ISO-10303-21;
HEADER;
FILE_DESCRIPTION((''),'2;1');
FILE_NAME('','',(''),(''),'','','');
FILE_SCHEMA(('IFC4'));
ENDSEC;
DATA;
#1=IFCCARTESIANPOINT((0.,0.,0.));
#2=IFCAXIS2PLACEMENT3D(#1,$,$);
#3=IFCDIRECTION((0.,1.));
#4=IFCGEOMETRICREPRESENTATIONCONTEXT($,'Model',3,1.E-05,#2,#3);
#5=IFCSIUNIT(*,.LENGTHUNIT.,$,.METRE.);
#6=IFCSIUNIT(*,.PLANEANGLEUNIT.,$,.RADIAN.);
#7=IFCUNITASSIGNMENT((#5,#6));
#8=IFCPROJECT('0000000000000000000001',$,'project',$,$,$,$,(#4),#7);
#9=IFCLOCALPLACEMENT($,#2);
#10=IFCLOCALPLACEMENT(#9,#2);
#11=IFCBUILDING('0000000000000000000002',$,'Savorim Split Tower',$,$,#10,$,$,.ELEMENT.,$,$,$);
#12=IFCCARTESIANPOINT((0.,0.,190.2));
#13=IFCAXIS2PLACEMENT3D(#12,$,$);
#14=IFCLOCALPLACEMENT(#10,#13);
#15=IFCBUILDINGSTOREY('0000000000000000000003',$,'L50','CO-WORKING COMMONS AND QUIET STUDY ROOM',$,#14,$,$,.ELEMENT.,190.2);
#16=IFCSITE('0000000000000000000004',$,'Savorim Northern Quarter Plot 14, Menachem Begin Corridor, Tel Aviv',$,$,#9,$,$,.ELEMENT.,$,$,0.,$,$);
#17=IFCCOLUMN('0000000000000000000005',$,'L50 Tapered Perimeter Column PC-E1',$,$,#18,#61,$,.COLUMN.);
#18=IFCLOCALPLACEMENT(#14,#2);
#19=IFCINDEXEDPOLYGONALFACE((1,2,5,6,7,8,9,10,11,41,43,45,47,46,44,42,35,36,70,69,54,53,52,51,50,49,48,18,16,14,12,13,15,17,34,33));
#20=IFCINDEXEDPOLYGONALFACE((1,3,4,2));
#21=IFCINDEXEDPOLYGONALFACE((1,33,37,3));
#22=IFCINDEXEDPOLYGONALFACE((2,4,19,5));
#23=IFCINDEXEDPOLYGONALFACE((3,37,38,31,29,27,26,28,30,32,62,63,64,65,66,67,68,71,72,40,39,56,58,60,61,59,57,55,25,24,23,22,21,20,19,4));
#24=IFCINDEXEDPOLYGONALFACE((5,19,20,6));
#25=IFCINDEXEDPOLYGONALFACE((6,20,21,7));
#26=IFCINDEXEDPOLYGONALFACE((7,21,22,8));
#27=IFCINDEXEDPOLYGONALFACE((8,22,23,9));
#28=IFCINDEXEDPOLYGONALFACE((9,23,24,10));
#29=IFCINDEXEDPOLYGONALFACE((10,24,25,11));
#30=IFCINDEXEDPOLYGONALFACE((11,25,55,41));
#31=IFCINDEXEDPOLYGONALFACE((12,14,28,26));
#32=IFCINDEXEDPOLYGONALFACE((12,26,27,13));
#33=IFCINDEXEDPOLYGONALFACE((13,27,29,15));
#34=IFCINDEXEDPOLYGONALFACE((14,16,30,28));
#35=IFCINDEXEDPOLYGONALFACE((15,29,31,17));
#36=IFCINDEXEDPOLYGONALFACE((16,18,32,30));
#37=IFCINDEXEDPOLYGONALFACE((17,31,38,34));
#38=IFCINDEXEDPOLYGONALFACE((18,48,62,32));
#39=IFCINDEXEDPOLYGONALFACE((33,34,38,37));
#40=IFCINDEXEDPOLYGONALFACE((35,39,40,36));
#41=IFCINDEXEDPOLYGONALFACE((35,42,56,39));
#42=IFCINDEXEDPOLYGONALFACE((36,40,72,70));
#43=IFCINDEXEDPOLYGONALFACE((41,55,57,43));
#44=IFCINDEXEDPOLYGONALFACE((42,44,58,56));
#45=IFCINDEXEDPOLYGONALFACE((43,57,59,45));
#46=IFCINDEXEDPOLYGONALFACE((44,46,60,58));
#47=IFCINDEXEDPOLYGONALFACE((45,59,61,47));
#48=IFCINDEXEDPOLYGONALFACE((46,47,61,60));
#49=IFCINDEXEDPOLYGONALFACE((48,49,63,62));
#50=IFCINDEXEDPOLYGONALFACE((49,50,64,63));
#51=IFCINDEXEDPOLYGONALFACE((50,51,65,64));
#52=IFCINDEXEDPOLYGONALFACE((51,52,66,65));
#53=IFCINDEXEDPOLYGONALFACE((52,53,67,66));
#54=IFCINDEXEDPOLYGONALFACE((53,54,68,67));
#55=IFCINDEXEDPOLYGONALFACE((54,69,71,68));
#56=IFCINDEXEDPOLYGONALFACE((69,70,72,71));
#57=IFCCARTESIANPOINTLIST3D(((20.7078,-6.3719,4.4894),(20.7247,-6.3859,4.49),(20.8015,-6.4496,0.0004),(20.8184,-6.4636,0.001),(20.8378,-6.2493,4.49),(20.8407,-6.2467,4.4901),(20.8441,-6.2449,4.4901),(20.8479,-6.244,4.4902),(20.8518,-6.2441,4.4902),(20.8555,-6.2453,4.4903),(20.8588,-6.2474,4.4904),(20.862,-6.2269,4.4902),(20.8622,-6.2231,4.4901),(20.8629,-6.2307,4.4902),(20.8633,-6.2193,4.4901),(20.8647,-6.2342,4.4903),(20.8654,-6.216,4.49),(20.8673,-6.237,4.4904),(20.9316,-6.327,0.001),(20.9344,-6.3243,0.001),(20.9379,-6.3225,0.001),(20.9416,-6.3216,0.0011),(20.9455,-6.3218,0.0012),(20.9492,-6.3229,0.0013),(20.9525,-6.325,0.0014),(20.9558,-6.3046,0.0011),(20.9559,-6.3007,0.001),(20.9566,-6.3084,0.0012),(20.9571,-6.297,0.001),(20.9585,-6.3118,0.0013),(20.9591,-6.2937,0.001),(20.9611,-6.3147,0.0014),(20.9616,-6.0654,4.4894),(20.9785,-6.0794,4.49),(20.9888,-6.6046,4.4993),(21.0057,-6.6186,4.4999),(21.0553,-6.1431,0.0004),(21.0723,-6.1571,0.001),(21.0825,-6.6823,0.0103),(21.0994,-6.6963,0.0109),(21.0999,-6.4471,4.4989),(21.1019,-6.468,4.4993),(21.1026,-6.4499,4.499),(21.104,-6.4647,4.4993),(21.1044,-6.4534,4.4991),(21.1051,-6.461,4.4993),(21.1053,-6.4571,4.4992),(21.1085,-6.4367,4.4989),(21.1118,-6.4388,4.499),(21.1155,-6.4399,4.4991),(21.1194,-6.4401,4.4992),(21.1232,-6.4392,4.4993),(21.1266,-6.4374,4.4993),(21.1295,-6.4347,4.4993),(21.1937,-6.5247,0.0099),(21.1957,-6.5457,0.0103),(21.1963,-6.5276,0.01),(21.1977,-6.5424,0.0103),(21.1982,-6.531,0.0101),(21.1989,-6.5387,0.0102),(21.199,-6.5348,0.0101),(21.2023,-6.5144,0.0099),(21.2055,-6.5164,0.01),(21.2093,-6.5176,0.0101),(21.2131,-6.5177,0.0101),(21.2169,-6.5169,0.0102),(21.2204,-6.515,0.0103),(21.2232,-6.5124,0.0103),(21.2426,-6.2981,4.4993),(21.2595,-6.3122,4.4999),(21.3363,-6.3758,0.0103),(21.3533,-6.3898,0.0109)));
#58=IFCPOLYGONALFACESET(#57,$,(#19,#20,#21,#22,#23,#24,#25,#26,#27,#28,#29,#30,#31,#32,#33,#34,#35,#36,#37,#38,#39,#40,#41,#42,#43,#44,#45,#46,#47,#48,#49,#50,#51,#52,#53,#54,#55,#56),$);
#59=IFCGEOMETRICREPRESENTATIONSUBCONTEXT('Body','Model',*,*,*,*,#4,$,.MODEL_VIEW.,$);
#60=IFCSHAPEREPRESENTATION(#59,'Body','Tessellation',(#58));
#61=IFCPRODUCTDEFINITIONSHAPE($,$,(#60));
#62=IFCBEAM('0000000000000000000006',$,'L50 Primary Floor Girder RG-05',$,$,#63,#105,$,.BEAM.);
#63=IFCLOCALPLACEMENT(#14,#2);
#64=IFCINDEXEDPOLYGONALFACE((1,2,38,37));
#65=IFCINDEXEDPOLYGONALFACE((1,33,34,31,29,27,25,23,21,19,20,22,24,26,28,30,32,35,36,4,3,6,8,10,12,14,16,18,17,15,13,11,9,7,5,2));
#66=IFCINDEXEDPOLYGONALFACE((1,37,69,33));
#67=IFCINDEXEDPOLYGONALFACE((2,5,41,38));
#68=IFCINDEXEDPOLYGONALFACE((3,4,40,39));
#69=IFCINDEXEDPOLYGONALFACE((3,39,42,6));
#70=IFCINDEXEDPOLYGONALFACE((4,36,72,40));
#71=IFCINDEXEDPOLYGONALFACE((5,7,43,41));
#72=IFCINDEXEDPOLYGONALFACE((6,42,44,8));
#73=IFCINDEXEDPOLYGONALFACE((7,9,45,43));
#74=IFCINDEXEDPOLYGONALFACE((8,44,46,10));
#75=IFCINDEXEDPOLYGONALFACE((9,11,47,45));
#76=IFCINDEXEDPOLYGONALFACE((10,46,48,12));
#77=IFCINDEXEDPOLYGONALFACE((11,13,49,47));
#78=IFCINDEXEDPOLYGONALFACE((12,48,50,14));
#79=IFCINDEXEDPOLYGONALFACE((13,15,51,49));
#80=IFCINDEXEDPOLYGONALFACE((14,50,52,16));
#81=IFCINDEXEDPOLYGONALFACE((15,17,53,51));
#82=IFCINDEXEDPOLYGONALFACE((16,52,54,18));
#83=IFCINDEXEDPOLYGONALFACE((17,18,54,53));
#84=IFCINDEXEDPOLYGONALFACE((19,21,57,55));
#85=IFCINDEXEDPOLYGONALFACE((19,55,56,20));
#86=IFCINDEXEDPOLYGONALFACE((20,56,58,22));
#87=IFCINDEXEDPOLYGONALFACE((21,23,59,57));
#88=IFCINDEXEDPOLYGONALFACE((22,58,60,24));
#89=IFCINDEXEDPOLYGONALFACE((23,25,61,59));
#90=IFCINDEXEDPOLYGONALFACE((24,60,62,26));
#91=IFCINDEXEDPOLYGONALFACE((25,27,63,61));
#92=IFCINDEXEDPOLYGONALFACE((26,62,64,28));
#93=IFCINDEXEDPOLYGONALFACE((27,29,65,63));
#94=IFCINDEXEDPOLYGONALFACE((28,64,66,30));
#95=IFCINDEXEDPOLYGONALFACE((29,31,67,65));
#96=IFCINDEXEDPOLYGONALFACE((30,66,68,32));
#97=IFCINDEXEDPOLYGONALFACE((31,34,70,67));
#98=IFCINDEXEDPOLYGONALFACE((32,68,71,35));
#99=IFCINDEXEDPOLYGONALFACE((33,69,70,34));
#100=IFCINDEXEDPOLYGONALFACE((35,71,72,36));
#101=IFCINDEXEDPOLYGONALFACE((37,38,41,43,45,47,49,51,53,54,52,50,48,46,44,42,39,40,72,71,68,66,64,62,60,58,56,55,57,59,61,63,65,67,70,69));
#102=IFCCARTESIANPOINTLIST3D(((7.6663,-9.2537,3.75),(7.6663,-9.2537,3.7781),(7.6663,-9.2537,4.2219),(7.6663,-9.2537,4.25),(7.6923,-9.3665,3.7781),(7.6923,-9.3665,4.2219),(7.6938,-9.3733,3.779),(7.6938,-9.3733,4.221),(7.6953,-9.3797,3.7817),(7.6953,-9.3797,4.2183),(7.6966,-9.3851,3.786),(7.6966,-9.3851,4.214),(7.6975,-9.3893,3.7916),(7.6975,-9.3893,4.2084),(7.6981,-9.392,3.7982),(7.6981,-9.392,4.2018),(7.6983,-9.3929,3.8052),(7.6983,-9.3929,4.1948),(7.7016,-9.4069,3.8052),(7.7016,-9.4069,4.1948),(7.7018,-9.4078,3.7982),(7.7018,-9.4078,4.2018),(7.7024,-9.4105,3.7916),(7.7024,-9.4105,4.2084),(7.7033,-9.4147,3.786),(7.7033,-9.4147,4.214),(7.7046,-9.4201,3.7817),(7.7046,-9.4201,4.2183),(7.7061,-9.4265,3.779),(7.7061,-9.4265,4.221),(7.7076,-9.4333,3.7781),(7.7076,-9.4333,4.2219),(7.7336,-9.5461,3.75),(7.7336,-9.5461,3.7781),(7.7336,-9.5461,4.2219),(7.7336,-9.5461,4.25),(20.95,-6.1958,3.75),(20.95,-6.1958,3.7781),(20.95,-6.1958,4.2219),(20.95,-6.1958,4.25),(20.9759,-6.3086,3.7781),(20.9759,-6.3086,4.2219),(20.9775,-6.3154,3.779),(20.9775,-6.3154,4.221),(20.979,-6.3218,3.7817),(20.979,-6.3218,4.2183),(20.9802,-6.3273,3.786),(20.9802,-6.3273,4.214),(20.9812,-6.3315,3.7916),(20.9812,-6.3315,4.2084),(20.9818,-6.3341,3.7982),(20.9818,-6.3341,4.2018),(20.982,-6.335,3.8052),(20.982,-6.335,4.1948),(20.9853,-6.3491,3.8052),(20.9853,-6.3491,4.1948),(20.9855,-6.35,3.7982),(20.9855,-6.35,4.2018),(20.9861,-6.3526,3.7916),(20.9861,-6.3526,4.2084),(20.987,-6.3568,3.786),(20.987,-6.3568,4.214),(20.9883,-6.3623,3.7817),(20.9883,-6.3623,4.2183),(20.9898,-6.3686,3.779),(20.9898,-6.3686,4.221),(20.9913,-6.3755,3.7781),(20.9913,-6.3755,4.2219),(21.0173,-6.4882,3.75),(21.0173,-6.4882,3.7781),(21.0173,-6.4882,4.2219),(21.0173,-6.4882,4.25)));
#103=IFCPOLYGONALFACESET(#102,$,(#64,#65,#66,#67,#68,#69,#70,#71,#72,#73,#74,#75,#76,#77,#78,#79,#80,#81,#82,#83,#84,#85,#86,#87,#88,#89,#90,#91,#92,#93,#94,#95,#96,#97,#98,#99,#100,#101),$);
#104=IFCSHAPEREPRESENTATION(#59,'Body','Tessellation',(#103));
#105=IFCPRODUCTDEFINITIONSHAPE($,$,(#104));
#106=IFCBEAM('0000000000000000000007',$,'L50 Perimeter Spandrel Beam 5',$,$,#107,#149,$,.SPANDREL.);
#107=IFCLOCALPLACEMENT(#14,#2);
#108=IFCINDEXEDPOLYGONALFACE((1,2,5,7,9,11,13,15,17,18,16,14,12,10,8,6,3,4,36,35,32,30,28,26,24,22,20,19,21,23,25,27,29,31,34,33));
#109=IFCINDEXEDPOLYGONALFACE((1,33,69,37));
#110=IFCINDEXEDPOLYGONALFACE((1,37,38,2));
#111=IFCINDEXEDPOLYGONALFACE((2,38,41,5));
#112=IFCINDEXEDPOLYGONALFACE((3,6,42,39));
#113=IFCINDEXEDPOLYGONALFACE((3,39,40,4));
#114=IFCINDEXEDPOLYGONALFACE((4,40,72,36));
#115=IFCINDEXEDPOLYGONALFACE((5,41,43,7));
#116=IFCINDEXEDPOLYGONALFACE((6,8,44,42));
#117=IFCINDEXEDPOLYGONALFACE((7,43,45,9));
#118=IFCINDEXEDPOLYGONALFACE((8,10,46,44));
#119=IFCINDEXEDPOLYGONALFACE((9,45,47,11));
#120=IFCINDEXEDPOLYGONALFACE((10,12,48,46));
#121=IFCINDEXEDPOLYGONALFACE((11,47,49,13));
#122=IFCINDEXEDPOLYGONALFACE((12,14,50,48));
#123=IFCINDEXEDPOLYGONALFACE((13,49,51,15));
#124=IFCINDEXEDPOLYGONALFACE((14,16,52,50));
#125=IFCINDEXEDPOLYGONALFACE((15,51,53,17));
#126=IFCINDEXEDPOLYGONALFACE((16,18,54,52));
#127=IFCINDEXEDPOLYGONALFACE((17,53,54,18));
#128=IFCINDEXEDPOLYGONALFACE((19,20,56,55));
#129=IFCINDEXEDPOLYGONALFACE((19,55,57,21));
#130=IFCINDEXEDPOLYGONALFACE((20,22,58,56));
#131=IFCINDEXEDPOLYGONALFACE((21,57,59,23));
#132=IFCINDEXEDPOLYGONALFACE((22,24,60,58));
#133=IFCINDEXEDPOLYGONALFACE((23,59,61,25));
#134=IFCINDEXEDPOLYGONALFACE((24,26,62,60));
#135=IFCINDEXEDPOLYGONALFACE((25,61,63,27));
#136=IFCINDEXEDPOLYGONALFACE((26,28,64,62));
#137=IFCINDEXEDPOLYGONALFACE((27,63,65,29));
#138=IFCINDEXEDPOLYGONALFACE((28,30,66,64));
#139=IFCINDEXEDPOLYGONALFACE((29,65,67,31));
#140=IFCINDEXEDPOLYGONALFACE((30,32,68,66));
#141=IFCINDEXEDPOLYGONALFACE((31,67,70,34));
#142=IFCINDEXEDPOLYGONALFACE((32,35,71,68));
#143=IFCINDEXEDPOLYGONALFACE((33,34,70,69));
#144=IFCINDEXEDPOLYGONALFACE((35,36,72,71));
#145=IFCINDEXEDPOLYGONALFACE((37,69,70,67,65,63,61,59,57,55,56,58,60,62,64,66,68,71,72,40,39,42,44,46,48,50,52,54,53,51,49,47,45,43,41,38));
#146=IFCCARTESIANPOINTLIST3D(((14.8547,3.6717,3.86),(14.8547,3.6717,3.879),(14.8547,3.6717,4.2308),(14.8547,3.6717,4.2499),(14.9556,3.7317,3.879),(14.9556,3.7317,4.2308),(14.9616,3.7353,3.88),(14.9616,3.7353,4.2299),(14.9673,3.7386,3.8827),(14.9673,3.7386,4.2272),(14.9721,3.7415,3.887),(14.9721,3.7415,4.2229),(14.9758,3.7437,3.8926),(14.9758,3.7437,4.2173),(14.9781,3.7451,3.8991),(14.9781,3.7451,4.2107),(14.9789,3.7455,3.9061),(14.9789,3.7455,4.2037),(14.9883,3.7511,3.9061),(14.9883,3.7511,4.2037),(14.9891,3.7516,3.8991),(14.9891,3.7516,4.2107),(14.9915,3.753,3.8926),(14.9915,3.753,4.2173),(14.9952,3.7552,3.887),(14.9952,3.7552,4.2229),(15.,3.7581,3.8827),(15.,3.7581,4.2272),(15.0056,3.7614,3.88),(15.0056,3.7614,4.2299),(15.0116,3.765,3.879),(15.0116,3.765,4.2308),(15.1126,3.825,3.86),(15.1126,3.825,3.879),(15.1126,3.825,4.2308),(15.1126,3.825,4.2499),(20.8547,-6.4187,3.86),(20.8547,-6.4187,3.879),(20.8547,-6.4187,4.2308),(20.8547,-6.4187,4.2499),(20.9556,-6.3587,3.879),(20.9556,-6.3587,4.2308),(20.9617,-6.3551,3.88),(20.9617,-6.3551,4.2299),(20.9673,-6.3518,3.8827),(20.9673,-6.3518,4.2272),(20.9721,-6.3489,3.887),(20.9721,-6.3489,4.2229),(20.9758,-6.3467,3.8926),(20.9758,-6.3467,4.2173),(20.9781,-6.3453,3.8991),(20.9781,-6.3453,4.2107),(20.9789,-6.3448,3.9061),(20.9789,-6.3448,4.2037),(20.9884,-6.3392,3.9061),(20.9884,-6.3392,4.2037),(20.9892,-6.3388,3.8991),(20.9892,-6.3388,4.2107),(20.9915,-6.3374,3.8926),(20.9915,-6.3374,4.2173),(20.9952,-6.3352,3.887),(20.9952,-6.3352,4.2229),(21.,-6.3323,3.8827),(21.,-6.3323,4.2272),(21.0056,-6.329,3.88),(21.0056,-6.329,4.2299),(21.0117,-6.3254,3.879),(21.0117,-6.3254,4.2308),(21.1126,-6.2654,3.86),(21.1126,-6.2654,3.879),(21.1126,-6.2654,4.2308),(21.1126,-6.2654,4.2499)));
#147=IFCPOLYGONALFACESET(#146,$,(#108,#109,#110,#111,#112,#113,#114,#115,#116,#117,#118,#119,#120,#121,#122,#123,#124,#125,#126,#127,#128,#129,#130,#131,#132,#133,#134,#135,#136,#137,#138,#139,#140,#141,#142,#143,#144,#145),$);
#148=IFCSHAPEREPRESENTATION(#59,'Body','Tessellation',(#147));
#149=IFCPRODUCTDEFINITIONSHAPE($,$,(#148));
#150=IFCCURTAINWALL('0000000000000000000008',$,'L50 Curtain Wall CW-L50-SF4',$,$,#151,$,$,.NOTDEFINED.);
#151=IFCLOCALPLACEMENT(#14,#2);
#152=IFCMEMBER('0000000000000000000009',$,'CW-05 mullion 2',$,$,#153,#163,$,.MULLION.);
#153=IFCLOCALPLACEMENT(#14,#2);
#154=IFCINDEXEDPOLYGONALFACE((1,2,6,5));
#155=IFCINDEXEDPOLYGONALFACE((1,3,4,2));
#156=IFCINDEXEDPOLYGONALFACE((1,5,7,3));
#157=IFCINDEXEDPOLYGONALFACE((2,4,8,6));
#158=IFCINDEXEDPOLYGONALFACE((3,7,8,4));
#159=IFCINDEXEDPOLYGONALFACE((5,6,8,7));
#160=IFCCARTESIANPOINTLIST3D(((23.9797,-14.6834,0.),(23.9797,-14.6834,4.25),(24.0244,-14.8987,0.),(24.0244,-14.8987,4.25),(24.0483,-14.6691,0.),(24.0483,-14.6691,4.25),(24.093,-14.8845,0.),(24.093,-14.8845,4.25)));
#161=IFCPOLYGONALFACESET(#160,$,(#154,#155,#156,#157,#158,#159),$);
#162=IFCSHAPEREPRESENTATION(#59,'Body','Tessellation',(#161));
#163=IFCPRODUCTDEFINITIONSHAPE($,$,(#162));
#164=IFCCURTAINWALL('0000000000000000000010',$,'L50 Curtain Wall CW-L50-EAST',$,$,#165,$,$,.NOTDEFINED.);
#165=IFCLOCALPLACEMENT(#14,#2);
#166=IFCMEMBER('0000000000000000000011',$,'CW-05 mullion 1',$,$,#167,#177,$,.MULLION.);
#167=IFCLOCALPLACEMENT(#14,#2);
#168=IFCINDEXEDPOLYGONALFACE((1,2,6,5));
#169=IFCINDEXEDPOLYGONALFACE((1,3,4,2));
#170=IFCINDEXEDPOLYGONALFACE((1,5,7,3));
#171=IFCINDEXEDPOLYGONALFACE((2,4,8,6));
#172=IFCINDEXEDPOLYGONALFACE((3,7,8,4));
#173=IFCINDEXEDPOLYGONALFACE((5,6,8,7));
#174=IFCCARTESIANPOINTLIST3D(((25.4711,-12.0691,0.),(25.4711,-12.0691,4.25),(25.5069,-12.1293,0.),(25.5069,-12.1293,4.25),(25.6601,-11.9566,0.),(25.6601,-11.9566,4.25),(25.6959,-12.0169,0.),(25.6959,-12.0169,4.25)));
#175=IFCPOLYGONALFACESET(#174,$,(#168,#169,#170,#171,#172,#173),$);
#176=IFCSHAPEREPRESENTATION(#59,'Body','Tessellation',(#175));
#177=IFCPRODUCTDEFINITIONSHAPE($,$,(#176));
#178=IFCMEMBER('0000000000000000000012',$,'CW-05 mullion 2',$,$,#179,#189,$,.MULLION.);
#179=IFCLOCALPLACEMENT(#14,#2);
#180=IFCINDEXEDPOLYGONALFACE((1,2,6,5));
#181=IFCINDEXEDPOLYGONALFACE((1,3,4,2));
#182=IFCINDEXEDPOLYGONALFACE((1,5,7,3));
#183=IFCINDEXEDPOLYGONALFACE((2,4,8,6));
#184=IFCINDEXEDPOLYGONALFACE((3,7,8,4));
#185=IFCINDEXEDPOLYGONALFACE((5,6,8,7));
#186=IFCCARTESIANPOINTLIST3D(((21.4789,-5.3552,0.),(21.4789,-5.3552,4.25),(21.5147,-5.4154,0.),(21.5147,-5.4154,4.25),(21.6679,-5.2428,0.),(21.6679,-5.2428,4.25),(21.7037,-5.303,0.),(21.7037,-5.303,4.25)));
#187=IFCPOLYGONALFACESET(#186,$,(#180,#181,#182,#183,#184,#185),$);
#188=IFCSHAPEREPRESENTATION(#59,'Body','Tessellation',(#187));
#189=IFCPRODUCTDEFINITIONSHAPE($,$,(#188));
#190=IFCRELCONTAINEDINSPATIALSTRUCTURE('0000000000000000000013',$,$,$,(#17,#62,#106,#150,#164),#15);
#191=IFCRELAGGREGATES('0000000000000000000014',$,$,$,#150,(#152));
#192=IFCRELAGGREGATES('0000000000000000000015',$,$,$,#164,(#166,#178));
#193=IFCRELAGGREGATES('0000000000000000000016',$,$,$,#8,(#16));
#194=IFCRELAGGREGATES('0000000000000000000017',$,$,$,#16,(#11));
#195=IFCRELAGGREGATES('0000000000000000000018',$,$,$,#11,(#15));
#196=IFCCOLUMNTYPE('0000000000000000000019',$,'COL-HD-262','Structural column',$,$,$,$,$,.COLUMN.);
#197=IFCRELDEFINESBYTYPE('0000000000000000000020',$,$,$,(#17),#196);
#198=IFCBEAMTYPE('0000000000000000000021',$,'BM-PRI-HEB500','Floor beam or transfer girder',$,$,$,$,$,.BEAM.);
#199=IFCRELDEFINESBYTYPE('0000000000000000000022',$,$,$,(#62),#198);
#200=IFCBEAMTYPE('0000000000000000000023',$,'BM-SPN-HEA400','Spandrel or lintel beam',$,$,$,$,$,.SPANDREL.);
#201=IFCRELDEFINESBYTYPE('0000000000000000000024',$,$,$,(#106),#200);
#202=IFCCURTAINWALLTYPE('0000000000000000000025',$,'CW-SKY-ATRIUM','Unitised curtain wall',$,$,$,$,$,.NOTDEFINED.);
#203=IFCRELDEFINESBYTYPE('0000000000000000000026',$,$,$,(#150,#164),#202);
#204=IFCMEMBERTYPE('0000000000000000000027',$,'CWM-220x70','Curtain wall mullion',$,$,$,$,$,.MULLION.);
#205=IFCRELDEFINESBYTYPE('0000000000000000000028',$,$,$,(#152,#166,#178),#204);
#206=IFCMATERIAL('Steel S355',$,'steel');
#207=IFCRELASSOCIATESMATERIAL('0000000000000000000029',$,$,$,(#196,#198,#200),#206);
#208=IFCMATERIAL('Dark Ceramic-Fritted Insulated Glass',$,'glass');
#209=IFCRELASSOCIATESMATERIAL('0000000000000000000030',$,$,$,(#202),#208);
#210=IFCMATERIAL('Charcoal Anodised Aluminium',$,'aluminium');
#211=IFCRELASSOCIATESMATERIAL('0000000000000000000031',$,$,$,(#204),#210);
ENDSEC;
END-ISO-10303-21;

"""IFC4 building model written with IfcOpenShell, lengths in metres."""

from ifc_helpers import new_model, si_unit, direction, frame, origin, origin_2d, place, context, subcontext, project, spatial, rectangle, i_section, extrude, material, material_profile, profile_set, type_object, element, aggregate, save


model = new_model("IFC4")

# Units and contexts
model_context = context("Model", 3, precision=1e-05, world=origin(), true_north=direction((0.0, 1.0)))
body_context = subcontext(model_context, "Body", "Model", "MODEL_VIEW")
ifc_project = project(units=[si_unit("LENGTHUNIT", "METRE"), si_unit("PLANEANGLEUNIT", "RADIAN")], contexts=[model_context])

# Site, building, storey
site_placement = place(None, origin())
site = spatial("IfcSite", under=ifc_project, at=site_placement, Name="Savorim Northern Quarter Plot 14, Menachem Begin Corridor, Tel Aviv", CompositionType="ELEMENT", RefElevation=0.0)
building_placement = place(site_placement, origin())
building = spatial("IfcBuilding", under=site, at=building_placement, Name="Savorim Split Tower", CompositionType="ELEMENT")
storey_placement = place(building_placement, frame((0.0, 0.0, 190.2)))
storey = spatial("IfcBuildingStorey", under=building, at=storey_placement, Name="L50", Description="CO-WORKING COMMONS AND QUIET STUDY ROOM", CompositionType="ELEMENT", Elevation=190.2)

# Column
ifc_material_1 = material(Name="Steel S355", Category="steel")
ifc_material_profile_1 = material_profile(ifc_material_1, i_section(OverallWidth=0.3979, OverallDepth=0.387, WebThickness=0.0134, FlangeThickness=0.022, FilletRadius=0.0149, at=origin_2d()), Name="HD 400x262")
ifc_profile_set_1 = profile_set([ifc_material_profile_1], Name="Steel S355")
column_type = type_object("IfcColumnType", Name="COL-HD-262", Description="Structural column", PredefinedType="COLUMN", material=ifc_profile_set_1)
column_placement = place(storey_placement, frame((21.0774, -6.4197, 0.0056), z_axis=(-0.020877, 0.017288, 0.999633), x_axis=(-0.637814, -0.77019, 0.0)))
element("IfcColumn", 1, at=column_placement, inside=storey, type_object=column_type, Name="L50 Tapered Perimeter Column PC-E1", PredefinedType="COLUMN", context=body_context, shape_type="SweptSolid", body=[
    extrude(i_section(OverallWidth=0.3979, OverallDepth=0.387, WebThickness=0.0134, FlangeThickness=0.022, FilletRadius=0.0149, at=origin_2d()), origin(), (0.0, 0.0, 1.0), 4.4907),
])

# Beams
ifc_material_profile_2 = material_profile(ifc_material_1, i_section(OverallWidth=0.3, OverallDepth=0.5, WebThickness=0.0144, FlangeThickness=0.0281, FilletRadius=0.0271, at=origin_2d()), Name="HEB 500")
ifc_profile_set_2 = profile_set([ifc_material_profile_2], Name="Steel S355")
beam_type_1 = type_object("IfcBeamType", Name="BM-PRI-HEB500", Description="Floor beam or transfer girder", PredefinedType="BEAM", material=ifc_profile_set_2)
beam_1_placement = place(storey_placement, frame((20.9836, -6.342, 4.0), z_axis=(-0.974513, -0.22433, 0.0), x_axis=(0.22433, -0.974513, 0.0)))
element("IfcBeam", 2, at=beam_1_placement, inside=storey, type_object=beam_type_1, Name="L50 Primary Floor Girder RG-05", PredefinedType="BEAM", context=body_context, shape_type="SweptSolid", body=[
    extrude(i_section(OverallWidth=0.3, OverallDepth=0.5, WebThickness=0.0144, FlangeThickness=0.0281, FilletRadius=0.0271, at=origin_2d()), origin(), (0.0, 0.0, 1.0), 13.6311),
])
ifc_material_profile_3 = material_profile(ifc_material_1, i_section(OverallWidth=0.3, OverallDepth=0.3899, WebThickness=0.011, FlangeThickness=0.019, FilletRadius=0.0271, at=origin_2d()), Name="HEA 400")
ifc_profile_set_3 = profile_set([ifc_material_profile_3], Name="Steel S355")
beam_type_2 = type_object("IfcBeamType", Name="BM-SPN-HEA400", Description="Spandrel or lintel beam", PredefinedType="SPANDREL", material=ifc_profile_set_3)
beam_2_placement = place(storey_placement, frame((20.9836, -6.342, 4.0549), z_axis=(-0.511097, 0.859523, 0.0), x_axis=(-0.859523, -0.511097, 0.0)))
element("IfcBeam", 3, at=beam_2_placement, inside=storey, type_object=beam_type_2, Name="L50 Perimeter Spandrel Beam 5", PredefinedType="SPANDREL", context=body_context, shape_type="SweptSolid", body=[
    extrude(i_section(OverallWidth=0.3, OverallDepth=0.3899, WebThickness=0.011, FlangeThickness=0.019, FilletRadius=0.0271, at=origin_2d()), origin(), (0.0, 0.0, 1.0), 11.7395),
])

# Curtain wall, member
ifc_material_2 = material(Name="Dark Ceramic-Fritted Insulated Glass", Category="glass")
curtain_wall_type = type_object("IfcCurtainWallType", Name="CW-SKY-ATRIUM", Description="Unitised curtain wall", PredefinedType="NOTDEFINED", material=ifc_material_2)
curtain_wall_1_placement = place(storey_placement, origin())
curtain_wall_1 = element("IfcCurtainWall", 4, at=curtain_wall_1_placement, inside=storey, type_object=curtain_wall_type, Name="L50 Curtain Wall CW-L50-SF4", PredefinedType="NOTDEFINED")
ifc_material_3 = material(Name="Charcoal Anodised Aluminium", Category="aluminium")
ifc_material_profile_4 = material_profile(ifc_material_3, rectangle(XDim=0.22, YDim=0.0701, at=origin_2d()), Name="ALU-M 220x70")
ifc_profile_set_4 = profile_set([ifc_material_profile_4], Name="Charcoal Anodised Aluminium")
member_type_1 = type_object("IfcMemberType", Name="CWM-220x70", Description="Curtain wall mullion", PredefinedType="MULLION", material=ifc_profile_set_4)
member_1_placement = place(storey_placement, frame((24.0364, -14.7839, 0.0), z_axis=(0.0, 0.0, 1.0), x_axis=(-0.203208, 0.979136, 0.0)))
member_1 = element("IfcMember", 5, at=member_1_placement, type_object=member_type_1, Name="CW-05 mullion 2", PredefinedType="MULLION", context=body_context, shape_type="SweptSolid", body=[
    extrude(rectangle(XDim=0.22, YDim=0.0701, at=origin_2d()), origin(), (0.0, 0.0, 1.0), 4.25),
])

# Curtain wall, members
curtain_wall_2_placement = place(storey_placement, origin())
curtain_wall_2 = element("IfcCurtainWall", 6, at=curtain_wall_2_placement, inside=storey, type_object=curtain_wall_type, Name="L50 Curtain Wall CW-L50-EAST", PredefinedType="NOTDEFINED")
member_2_placement = place(storey_placement, frame((25.5835, -12.043, 0.0), z_axis=(0.0, 0.0, 1.0), x_axis=(-0.859526, -0.511092, 0.0)))
member_2 = element("IfcMember", 7, at=member_2_placement, type_object=member_type_1, Name="CW-05 mullion 1", PredefinedType="MULLION", context=body_context, shape_type="SweptSolid", body=[
    extrude(rectangle(XDim=0.22, YDim=0.0701, at=origin_2d()), origin(), (0.0, 0.0, 1.0), 4.25),
])
member_3_placement = place(storey_placement, frame((21.5913, -5.3291, 0.0), z_axis=(0.0, 0.0, 1.0), x_axis=(-0.859526, -0.511092, 0.0)))
member_3 = element("IfcMember", 8, at=member_3_placement, type_object=member_type_1, Name="CW-05 mullion 2", PredefinedType="MULLION", context=body_context, shape_type="SweptSolid", body=[
    extrude(rectangle(XDim=0.22, YDim=0.0701, at=origin_2d()), origin(), (0.0, 0.0, 1.0), 4.25),
])

aggregate(curtain_wall_1, [member_1])
aggregate(curtain_wall_2, [member_2, member_3])

save(model, "model.ifc")
